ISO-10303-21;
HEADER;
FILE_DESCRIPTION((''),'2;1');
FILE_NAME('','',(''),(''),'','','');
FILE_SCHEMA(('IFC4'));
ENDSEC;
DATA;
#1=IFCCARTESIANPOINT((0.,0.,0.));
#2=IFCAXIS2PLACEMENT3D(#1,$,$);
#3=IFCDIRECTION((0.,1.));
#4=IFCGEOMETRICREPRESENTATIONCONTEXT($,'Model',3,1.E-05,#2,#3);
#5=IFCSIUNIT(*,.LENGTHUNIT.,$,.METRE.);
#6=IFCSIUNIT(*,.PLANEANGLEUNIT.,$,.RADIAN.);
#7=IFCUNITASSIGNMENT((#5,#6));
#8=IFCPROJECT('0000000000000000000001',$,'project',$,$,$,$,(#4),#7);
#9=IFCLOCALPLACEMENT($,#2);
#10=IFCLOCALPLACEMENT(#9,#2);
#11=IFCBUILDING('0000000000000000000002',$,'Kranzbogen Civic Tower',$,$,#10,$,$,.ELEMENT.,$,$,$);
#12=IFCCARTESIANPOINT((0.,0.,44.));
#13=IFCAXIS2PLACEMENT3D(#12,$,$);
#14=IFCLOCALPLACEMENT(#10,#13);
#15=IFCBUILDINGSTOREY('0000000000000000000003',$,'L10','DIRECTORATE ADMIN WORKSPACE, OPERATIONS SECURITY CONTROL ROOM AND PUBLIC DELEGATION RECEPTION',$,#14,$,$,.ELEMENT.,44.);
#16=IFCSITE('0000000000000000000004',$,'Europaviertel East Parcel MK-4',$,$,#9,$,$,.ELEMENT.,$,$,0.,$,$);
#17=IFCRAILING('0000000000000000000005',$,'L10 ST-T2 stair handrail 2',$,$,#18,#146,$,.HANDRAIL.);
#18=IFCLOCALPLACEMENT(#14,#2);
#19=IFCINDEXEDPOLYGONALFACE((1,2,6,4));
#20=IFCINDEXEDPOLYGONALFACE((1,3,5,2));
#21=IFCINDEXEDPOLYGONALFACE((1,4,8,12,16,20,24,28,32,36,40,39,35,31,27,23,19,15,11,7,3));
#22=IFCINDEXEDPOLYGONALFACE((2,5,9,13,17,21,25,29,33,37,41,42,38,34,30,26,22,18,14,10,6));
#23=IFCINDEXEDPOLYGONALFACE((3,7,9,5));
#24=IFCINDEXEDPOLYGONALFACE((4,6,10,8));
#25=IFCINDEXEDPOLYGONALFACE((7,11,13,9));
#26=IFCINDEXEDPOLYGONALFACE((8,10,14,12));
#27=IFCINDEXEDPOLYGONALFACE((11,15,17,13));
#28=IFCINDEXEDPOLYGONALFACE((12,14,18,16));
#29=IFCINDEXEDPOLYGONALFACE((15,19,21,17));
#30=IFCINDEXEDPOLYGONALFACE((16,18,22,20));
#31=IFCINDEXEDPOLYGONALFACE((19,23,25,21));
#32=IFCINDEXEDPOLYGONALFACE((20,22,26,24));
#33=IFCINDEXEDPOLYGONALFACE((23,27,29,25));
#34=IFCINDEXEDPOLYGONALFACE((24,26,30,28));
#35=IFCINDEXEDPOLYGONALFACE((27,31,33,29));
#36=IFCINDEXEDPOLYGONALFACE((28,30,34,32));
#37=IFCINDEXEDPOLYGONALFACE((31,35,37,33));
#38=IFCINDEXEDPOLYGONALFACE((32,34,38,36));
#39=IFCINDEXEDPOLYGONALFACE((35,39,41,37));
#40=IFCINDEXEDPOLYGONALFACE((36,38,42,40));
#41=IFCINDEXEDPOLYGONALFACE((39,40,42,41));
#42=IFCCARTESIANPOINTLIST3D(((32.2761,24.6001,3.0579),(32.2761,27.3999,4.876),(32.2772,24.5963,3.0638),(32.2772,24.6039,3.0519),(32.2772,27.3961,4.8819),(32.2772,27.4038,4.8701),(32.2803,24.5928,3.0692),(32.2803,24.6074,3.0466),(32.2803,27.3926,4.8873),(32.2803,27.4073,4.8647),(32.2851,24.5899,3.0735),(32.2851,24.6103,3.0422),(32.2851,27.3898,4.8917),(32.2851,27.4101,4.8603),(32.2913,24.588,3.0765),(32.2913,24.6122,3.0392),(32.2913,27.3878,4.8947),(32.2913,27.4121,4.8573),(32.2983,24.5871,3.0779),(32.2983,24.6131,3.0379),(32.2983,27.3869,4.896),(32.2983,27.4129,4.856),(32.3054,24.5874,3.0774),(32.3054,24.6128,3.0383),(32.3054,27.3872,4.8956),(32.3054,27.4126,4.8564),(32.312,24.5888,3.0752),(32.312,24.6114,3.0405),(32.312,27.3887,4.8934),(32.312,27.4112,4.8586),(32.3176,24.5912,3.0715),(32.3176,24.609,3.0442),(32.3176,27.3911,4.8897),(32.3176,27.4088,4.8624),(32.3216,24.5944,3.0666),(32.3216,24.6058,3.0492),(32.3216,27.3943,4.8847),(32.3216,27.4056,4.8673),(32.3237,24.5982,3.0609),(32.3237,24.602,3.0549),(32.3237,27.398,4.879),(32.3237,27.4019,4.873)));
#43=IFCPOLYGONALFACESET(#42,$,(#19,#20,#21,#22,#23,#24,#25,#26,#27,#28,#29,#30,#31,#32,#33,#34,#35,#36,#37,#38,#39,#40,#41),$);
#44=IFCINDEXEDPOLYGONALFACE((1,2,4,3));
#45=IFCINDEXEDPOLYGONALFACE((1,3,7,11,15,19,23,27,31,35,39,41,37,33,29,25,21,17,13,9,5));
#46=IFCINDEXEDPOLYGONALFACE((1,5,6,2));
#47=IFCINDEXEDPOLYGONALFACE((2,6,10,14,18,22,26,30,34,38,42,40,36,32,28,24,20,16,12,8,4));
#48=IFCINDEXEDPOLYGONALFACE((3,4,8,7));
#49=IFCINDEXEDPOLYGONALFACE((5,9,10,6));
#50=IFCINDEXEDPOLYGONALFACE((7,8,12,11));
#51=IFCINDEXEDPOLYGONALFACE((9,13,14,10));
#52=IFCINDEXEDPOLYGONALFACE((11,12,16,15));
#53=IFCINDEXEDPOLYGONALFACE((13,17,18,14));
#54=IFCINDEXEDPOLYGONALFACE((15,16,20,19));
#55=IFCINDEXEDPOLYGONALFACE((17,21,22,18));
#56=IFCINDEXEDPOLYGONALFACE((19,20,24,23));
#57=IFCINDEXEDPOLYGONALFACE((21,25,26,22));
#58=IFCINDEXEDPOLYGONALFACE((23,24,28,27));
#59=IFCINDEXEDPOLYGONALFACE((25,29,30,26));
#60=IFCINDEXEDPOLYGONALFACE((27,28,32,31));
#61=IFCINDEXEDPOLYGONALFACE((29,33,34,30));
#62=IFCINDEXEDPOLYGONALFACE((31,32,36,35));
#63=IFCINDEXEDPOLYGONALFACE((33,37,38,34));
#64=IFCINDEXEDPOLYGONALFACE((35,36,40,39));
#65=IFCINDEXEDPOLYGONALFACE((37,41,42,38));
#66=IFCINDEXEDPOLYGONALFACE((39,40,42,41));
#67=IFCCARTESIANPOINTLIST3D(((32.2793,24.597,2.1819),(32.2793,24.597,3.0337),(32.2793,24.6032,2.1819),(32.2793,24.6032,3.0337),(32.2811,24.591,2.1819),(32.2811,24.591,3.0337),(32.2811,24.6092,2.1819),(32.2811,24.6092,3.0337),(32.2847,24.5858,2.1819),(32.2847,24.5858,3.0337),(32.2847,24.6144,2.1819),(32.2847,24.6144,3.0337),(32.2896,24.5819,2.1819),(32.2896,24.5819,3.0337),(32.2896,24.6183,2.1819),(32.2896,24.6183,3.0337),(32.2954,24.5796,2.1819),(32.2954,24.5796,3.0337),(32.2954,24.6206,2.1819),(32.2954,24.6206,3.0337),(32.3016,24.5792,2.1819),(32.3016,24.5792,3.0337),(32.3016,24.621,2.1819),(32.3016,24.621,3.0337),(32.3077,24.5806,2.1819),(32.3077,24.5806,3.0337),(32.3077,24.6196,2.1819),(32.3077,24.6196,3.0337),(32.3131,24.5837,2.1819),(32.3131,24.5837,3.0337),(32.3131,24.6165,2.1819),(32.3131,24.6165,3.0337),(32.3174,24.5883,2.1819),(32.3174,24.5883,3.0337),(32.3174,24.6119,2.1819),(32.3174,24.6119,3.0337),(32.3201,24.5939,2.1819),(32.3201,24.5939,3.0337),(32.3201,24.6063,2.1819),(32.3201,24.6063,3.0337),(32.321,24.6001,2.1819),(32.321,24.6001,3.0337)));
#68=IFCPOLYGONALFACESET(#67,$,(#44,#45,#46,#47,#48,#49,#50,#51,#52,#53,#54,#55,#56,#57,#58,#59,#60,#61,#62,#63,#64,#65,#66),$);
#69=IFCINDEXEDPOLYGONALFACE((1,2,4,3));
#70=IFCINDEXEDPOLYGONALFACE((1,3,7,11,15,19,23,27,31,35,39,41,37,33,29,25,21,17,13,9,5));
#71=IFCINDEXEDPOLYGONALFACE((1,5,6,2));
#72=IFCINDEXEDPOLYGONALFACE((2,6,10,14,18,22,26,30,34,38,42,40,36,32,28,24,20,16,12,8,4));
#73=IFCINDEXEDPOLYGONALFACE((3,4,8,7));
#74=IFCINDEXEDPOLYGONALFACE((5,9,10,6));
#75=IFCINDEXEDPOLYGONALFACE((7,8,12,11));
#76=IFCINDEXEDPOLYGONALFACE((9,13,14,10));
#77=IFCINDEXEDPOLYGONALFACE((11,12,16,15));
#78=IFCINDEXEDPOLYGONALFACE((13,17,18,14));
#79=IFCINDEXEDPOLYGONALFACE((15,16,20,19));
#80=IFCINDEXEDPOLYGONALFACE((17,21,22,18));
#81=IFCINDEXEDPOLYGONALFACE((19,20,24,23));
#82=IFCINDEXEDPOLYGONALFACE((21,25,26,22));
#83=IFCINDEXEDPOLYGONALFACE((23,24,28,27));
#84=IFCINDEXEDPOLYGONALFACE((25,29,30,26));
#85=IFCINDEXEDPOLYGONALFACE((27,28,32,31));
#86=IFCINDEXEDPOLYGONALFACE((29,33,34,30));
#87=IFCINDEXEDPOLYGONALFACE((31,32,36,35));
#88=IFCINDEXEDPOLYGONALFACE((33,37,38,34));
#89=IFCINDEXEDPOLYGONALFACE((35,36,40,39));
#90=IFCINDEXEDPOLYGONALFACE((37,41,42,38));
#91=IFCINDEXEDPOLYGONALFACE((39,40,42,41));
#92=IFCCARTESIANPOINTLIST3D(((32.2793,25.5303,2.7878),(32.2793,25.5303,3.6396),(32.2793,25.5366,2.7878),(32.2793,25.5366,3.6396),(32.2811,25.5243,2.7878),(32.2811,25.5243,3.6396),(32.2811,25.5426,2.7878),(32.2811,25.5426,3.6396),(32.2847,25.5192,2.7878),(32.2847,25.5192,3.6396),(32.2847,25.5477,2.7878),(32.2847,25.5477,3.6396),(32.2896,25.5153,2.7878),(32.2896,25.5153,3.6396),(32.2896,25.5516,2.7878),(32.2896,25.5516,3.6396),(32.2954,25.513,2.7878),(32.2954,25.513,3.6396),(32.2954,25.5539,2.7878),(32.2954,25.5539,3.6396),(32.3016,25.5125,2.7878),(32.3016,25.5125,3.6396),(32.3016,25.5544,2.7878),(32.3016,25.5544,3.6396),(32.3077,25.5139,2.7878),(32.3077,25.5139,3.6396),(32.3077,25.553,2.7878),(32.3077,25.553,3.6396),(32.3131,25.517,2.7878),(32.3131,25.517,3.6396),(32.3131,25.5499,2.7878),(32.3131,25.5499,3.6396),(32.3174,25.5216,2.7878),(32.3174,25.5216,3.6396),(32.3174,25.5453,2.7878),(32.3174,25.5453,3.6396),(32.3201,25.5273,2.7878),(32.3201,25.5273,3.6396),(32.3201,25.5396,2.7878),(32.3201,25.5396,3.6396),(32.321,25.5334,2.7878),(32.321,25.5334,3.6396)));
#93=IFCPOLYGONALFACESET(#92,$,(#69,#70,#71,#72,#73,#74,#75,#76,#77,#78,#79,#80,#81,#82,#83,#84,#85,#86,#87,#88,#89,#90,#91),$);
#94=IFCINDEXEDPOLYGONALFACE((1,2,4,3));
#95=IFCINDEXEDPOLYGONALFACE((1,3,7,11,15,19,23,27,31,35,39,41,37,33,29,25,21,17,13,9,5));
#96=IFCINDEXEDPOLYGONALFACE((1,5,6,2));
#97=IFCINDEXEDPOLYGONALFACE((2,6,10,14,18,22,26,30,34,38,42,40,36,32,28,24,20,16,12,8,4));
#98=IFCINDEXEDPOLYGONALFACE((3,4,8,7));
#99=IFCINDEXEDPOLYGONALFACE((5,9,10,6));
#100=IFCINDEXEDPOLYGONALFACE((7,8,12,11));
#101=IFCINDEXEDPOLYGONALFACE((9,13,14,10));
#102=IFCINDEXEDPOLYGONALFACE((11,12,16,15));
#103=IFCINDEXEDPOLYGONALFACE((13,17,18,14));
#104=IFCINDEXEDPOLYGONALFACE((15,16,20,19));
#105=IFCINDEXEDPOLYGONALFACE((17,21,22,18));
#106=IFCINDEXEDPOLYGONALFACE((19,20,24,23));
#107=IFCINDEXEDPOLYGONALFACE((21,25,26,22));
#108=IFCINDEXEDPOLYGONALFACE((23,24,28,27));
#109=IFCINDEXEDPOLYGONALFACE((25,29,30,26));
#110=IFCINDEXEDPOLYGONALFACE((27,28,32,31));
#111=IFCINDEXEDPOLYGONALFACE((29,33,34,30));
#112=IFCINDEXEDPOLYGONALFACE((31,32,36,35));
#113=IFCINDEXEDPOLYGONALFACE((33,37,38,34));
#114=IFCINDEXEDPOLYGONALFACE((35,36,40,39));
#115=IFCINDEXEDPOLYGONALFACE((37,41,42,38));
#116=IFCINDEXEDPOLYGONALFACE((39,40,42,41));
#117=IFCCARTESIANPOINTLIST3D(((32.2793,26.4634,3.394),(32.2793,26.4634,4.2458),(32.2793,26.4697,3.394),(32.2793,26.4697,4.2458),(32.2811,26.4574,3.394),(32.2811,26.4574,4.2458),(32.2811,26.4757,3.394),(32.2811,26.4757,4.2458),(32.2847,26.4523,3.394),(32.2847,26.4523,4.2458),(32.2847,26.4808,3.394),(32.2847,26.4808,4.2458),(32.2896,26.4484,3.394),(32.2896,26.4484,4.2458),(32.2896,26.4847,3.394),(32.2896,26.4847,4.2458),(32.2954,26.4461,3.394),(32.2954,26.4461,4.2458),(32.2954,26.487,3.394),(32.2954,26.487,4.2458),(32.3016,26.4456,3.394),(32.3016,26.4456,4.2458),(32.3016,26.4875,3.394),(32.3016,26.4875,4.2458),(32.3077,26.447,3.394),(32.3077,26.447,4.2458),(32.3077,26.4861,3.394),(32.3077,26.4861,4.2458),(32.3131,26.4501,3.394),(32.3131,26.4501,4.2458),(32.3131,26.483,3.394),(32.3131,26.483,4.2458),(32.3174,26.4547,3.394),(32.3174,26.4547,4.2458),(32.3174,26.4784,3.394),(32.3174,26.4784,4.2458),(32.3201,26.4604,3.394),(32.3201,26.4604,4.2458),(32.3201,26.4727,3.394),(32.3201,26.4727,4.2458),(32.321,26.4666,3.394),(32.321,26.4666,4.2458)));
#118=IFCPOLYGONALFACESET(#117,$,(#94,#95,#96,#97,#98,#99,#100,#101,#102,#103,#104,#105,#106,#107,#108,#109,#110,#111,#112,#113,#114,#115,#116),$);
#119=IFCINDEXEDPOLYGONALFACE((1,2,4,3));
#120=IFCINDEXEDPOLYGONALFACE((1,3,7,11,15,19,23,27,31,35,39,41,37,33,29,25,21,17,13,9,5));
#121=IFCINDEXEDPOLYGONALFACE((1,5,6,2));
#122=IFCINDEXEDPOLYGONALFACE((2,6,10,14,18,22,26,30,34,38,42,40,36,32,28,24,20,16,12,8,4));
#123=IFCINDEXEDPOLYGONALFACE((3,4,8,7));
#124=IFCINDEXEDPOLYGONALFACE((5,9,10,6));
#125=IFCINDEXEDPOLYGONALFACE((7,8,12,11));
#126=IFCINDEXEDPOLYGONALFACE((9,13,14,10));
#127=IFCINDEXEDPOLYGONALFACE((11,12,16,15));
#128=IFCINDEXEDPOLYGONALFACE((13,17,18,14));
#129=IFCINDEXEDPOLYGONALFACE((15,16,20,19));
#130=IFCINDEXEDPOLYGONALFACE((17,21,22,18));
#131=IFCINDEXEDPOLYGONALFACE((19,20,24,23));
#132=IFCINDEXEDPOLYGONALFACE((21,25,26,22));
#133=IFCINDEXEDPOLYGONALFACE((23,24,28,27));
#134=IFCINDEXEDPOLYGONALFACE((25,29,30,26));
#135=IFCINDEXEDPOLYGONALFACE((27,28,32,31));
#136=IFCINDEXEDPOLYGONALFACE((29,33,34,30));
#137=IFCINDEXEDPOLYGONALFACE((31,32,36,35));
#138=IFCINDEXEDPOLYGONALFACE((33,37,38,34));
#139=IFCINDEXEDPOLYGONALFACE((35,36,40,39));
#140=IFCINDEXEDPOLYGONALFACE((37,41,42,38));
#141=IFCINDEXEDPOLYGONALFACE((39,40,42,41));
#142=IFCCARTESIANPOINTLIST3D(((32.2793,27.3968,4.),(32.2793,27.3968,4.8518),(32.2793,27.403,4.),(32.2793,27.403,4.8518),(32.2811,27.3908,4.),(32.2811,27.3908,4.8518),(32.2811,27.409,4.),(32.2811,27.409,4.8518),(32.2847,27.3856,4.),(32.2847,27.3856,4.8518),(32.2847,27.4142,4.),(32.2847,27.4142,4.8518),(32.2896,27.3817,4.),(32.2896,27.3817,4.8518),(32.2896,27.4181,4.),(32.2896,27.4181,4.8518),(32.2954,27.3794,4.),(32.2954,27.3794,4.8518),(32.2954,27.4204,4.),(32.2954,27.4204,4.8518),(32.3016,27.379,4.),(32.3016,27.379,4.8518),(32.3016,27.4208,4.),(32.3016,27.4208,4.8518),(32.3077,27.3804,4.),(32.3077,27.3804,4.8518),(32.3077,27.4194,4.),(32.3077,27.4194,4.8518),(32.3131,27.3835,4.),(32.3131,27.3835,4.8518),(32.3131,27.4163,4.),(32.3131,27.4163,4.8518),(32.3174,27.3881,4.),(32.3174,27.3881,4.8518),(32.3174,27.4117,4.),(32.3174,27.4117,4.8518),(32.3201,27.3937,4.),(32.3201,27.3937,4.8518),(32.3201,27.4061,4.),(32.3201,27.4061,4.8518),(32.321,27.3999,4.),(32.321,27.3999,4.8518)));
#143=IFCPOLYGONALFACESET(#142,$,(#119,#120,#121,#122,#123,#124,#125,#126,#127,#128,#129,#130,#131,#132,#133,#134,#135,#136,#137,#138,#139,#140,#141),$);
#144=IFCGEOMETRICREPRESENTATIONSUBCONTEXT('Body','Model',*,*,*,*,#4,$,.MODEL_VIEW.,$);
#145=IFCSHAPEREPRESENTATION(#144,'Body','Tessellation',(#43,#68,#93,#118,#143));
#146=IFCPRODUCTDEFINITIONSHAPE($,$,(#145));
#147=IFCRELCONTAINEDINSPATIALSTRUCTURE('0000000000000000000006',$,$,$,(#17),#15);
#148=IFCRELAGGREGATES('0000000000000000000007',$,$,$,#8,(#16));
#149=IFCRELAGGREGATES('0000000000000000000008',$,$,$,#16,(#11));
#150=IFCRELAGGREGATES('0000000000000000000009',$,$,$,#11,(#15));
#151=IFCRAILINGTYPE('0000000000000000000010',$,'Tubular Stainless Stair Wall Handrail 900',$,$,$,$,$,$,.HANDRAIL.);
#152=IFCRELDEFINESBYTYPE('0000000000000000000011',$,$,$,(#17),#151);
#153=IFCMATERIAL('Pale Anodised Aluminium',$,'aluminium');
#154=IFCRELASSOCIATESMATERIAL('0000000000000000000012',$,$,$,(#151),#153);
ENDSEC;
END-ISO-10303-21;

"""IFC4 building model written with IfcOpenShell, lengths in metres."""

from ifc_helpers import new_model, si_unit, direction, frame, origin, origin_2d, place, context, subcontext, project, spatial, circle, extrude, material, type_object, element, save


model = new_model("IFC4")

# Units and contexts
model_context = context("Model", 3, precision=1e-05, world=origin(), true_north=direction((0.0, 1.0)))
body_context = subcontext(model_context, "Body", "Model", "MODEL_VIEW")
ifc_project = project(units=[si_unit("LENGTHUNIT", "METRE"), si_unit("PLANEANGLEUNIT", "RADIAN")], contexts=[model_context])

# Site, building, storey
site_placement = place(None, origin())
site = spatial("IfcSite", under=ifc_project, at=site_placement, Name="Europaviertel East Parcel MK-4", CompositionType="ELEMENT", RefElevation=0.0)
building_placement = place(site_placement, origin())
building = spatial("IfcBuilding", under=site, at=building_placement, Name="Kranzbogen Civic Tower", CompositionType="ELEMENT")
storey_placement = place(building_placement, frame((0.0, 0.0, 44.0)))
storey = spatial("IfcBuildingStorey", under=building, at=storey_placement, Name="L10", Description="DIRECTORATE ADMIN WORKSPACE, OPERATIONS SECURITY CONTROL ROOM AND PUBLIC DELEGATION RECEPTION", CompositionType="ELEMENT", Elevation=44.0)

# Shared definitions
ifc_material_1 = material(Name="Pale Anodised Aluminium", Category="aluminium")

# Railing
railing_type_1 = type_object("IfcRailingType", Name="Tubular Stainless Stair Wall Handrail 900", PredefinedType="HANDRAIL", material=ifc_material_1)
railing_1_placement = place(storey_placement, frame((32.3, 24.6001, 2.1819)))
element("IfcRailing", 1, at=railing_1_placement, inside=storey, type_object=railing_type_1, Name="L10 ST-T2 stair handrail 2", PredefinedType="HANDRAIL", context=body_context, shape_type="SweptSolid", body=[
    extrude(circle(Radius=0.0239, at=origin_2d()), frame((0.0, 0.0, 0.876), z_axis=(0.0, 0.838684, 0.544618), x_axis=(-1.0, 0.0, 0.0)), (0.0, 0.0, 1.0), 3.3384),
    extrude(circle(Radius=0.021, at=origin_2d()), origin(), (0.0, 0.0, 1.0), 0.8518),
    extrude(circle(Radius=0.021, at=origin_2d()), frame((0.0, 0.9333, 0.606)), (0.0, 0.0, 1.0), 0.8518),
    extrude(circle(Radius=0.021, at=origin_2d()), frame((0.0, 1.8665, 1.2122)), (0.0, 0.0, 1.0), 0.8518),
    extrude(circle(Radius=0.021, at=origin_2d()), frame((0.0, 2.7998, 1.8181)), (0.0, 0.0, 1.0), 0.8518),
])

save(model, "model.ifc")
